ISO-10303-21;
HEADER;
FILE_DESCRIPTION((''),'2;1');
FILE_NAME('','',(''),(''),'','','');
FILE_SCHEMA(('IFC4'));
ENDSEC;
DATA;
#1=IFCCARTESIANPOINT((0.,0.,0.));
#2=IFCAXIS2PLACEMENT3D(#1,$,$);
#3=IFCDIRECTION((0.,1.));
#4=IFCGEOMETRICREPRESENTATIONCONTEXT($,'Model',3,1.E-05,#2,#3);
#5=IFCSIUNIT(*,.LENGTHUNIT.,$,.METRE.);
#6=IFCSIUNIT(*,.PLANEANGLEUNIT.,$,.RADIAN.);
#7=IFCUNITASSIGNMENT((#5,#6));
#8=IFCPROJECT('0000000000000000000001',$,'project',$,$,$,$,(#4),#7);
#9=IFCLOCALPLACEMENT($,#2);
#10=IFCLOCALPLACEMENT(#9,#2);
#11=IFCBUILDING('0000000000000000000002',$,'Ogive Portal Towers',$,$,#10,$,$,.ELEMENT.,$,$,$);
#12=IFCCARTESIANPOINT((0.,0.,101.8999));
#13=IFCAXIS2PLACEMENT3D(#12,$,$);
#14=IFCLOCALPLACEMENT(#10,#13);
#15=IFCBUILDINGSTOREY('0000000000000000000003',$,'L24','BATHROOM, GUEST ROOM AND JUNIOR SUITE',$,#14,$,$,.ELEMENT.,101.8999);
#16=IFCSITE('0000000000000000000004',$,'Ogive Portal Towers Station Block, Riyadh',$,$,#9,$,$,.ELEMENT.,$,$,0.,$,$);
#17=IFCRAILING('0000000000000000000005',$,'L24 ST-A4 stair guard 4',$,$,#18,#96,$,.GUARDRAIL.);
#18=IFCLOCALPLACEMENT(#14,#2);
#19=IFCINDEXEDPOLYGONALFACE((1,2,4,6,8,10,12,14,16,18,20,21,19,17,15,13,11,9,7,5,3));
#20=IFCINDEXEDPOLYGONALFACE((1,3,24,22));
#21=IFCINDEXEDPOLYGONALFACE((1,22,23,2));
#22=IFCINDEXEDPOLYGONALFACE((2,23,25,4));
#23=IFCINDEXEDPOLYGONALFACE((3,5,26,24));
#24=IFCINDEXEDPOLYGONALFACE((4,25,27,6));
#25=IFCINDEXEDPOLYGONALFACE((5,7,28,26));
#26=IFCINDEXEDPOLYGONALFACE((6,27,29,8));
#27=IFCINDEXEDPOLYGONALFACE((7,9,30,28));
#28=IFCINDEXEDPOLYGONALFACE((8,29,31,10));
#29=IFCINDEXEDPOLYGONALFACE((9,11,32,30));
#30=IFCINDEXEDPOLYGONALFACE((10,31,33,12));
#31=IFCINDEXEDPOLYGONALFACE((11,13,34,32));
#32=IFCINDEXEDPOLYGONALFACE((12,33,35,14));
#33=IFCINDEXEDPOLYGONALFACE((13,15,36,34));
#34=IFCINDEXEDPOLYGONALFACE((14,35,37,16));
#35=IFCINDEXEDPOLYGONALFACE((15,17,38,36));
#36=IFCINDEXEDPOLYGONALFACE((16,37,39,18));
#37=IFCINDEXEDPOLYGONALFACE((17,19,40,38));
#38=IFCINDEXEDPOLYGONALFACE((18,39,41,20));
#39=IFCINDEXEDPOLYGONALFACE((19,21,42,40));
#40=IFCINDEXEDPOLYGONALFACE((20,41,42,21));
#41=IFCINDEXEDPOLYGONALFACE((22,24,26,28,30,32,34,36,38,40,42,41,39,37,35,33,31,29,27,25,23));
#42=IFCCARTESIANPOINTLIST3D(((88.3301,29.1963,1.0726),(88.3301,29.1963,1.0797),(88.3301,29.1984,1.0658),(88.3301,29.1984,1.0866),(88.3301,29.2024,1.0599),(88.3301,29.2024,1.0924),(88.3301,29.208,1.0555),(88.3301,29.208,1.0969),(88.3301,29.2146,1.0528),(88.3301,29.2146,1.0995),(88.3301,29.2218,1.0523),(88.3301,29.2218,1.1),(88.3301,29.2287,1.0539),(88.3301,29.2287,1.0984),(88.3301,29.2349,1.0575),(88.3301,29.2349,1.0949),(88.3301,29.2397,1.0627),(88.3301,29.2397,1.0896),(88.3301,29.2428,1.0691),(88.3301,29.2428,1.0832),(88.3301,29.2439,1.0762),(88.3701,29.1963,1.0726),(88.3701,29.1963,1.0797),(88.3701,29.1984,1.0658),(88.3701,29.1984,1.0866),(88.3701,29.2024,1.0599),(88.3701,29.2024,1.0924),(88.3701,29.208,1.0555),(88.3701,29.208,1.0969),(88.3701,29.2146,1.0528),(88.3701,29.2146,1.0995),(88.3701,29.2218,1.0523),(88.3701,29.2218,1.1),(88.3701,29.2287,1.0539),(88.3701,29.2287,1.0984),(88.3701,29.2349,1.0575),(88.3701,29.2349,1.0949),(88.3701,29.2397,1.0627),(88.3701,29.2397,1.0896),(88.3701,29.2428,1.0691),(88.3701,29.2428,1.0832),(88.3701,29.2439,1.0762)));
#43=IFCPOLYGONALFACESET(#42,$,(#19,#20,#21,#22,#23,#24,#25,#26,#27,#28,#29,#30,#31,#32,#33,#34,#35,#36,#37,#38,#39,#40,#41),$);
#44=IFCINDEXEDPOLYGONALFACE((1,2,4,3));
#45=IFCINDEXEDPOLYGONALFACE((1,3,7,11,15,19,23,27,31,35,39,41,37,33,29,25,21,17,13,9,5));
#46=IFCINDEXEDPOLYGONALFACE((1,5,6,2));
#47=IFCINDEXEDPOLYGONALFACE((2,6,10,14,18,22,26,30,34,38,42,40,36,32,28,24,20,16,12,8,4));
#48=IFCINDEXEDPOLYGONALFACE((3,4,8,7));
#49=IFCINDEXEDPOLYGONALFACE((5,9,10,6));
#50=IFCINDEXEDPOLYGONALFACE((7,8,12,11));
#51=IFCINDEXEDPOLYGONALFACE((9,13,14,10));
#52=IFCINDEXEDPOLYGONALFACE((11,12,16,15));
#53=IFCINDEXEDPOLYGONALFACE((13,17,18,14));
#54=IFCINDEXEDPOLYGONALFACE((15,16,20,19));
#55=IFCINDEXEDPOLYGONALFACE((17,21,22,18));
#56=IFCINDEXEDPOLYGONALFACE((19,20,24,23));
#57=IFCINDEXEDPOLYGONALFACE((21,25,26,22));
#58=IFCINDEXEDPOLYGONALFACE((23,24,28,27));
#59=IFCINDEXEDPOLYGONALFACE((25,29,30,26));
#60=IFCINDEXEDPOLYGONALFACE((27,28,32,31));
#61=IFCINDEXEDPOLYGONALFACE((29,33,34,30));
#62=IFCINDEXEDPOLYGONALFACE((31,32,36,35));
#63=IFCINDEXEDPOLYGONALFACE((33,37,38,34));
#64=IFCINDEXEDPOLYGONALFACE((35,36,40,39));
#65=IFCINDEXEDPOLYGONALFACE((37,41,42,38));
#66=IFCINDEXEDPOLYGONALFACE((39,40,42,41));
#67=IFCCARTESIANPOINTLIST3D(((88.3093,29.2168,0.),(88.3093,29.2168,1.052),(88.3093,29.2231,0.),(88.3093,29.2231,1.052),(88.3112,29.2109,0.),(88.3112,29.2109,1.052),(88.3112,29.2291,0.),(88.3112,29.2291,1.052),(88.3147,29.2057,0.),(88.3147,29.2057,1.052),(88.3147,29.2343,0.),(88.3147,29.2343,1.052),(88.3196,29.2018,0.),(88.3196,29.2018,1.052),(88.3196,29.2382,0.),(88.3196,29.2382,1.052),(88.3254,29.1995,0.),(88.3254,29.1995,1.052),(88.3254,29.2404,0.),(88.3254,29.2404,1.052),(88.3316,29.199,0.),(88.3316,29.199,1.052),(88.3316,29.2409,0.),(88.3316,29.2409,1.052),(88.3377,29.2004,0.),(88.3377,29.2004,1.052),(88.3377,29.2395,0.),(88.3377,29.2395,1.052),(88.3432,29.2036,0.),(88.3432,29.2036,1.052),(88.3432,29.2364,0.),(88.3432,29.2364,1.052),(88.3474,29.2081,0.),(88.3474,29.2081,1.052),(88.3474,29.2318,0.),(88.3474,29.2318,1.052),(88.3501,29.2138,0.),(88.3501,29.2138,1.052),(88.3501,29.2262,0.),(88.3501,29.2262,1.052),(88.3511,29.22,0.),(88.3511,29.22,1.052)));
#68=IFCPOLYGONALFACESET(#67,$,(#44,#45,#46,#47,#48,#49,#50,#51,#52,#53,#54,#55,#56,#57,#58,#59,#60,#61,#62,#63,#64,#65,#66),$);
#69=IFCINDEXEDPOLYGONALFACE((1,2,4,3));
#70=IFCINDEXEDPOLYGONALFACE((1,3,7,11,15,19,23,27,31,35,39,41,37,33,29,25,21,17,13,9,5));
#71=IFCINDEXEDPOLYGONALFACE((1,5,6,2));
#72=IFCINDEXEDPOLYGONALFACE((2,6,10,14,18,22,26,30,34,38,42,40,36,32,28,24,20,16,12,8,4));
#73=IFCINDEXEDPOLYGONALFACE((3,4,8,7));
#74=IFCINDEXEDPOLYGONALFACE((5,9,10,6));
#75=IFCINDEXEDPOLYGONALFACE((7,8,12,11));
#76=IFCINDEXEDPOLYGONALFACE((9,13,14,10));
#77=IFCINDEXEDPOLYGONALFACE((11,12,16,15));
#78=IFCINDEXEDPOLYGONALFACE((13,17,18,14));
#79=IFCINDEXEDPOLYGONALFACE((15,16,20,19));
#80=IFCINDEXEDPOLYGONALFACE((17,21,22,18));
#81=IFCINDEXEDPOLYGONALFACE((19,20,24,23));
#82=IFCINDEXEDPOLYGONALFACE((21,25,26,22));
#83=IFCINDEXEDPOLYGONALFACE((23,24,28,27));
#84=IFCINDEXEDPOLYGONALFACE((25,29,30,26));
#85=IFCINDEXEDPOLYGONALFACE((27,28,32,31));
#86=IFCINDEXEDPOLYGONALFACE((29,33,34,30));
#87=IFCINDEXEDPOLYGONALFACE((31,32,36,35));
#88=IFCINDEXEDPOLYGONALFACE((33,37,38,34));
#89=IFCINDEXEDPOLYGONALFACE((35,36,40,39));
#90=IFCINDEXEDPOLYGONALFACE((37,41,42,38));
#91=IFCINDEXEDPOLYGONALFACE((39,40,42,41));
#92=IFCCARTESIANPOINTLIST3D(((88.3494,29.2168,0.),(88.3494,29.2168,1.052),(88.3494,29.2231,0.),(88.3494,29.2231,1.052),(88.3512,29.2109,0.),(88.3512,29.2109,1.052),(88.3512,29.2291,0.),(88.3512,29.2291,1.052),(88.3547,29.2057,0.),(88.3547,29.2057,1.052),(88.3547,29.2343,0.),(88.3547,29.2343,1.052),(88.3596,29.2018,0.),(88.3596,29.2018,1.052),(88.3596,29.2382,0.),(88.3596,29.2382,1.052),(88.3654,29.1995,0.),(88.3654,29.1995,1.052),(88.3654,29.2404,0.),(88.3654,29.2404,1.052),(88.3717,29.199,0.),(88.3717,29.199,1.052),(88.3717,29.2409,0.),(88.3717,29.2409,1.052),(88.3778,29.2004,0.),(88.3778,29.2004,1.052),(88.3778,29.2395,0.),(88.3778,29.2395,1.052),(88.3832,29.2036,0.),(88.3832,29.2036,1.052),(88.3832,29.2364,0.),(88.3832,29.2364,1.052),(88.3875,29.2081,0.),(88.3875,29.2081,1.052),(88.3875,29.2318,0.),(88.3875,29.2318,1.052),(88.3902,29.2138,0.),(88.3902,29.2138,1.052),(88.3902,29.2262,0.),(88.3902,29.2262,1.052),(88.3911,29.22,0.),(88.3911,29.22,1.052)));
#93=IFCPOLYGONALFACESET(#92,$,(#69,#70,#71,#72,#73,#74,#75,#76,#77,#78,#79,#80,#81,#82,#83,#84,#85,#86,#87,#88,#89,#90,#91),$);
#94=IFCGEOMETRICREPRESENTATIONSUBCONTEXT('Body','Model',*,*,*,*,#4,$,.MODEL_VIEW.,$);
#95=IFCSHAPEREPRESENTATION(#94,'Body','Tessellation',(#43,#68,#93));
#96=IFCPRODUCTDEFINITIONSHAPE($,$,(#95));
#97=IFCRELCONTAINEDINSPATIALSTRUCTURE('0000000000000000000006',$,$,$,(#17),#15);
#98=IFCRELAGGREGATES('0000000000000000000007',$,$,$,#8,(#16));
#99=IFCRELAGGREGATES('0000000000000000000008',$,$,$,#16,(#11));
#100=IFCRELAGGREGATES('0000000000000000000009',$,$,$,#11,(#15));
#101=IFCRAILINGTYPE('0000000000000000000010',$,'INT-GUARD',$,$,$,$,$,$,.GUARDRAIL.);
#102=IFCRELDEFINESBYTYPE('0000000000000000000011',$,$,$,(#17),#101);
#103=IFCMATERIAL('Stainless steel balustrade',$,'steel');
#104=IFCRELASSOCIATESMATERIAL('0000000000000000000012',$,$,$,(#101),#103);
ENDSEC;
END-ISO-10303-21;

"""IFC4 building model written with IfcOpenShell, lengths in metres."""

from ifc_helpers import new_model, si_unit, direction, frame, origin, origin_2d, place, context, subcontext, project, spatial, circle, extrude, material, type_object, element, save


model = new_model("IFC4")

# Units and contexts
model_context = context("Model", 3, precision=1e-05, world=origin(), true_north=direction((0.0, 1.0)))
body_context = subcontext(model_context, "Body", "Model", "MODEL_VIEW")
ifc_project = project(units=[si_unit("LENGTHUNIT", "METRE"), si_unit("PLANEANGLEUNIT", "RADIAN")], contexts=[model_context])

# Site, building, storey
site_placement = place(None, origin())
site = spatial("IfcSite", under=ifc_project, at=site_placement, Name="Ogive Portal Towers Station Block, Riyadh", CompositionType="ELEMENT", RefElevation=0.0)
building_placement = place(site_placement, origin())
building = spatial("IfcBuilding", under=site, at=building_placement, Name="Ogive Portal Towers", CompositionType="ELEMENT")
storey_placement = place(building_placement, frame((0.0, 0.0, 101.8999)))
storey = spatial("IfcBuildingStorey", under=building, at=storey_placement, Name="L24", Description="BATHROOM, GUEST ROOM AND JUNIOR SUITE", CompositionType="ELEMENT", Elevation=101.8999)

# Railing
ifc_material_1 = material(Name="Stainless steel balustrade", Category="steel")
railing_type_1 = type_object("IfcRailingType", Name="INT-GUARD", PredefinedType="GUARDRAIL", material=ifc_material_1)
railing_1_placement = place(storey_placement, frame((88.3301, 29.22, 0.0)))
element("IfcRailing", 1, at=railing_1_placement, inside=storey, type_object=railing_type_1, Name="L24 ST-A4 stair guard 4", PredefinedType="GUARDRAIL", context=body_context, shape_type="SweptSolid", body=[
    extrude(circle(Radius=0.0239, at=origin_2d()), frame((0.0, 0.0, 1.0762), z_axis=(1.0, 0.0, 0.0), x_axis=(0.0, 1.0, 0.0)), (0.0, 0.0, 1.0), 0.04),
    extrude(circle(Radius=0.021, at=origin_2d()), origin(), (0.0, 0.0, 1.0), 1.052),
    extrude(circle(Radius=0.021, at=origin_2d()), frame((0.04, 0.0, 0.0)), (0.0, 0.0, 1.0), 1.052),
])

save(model, "model.ifc")
